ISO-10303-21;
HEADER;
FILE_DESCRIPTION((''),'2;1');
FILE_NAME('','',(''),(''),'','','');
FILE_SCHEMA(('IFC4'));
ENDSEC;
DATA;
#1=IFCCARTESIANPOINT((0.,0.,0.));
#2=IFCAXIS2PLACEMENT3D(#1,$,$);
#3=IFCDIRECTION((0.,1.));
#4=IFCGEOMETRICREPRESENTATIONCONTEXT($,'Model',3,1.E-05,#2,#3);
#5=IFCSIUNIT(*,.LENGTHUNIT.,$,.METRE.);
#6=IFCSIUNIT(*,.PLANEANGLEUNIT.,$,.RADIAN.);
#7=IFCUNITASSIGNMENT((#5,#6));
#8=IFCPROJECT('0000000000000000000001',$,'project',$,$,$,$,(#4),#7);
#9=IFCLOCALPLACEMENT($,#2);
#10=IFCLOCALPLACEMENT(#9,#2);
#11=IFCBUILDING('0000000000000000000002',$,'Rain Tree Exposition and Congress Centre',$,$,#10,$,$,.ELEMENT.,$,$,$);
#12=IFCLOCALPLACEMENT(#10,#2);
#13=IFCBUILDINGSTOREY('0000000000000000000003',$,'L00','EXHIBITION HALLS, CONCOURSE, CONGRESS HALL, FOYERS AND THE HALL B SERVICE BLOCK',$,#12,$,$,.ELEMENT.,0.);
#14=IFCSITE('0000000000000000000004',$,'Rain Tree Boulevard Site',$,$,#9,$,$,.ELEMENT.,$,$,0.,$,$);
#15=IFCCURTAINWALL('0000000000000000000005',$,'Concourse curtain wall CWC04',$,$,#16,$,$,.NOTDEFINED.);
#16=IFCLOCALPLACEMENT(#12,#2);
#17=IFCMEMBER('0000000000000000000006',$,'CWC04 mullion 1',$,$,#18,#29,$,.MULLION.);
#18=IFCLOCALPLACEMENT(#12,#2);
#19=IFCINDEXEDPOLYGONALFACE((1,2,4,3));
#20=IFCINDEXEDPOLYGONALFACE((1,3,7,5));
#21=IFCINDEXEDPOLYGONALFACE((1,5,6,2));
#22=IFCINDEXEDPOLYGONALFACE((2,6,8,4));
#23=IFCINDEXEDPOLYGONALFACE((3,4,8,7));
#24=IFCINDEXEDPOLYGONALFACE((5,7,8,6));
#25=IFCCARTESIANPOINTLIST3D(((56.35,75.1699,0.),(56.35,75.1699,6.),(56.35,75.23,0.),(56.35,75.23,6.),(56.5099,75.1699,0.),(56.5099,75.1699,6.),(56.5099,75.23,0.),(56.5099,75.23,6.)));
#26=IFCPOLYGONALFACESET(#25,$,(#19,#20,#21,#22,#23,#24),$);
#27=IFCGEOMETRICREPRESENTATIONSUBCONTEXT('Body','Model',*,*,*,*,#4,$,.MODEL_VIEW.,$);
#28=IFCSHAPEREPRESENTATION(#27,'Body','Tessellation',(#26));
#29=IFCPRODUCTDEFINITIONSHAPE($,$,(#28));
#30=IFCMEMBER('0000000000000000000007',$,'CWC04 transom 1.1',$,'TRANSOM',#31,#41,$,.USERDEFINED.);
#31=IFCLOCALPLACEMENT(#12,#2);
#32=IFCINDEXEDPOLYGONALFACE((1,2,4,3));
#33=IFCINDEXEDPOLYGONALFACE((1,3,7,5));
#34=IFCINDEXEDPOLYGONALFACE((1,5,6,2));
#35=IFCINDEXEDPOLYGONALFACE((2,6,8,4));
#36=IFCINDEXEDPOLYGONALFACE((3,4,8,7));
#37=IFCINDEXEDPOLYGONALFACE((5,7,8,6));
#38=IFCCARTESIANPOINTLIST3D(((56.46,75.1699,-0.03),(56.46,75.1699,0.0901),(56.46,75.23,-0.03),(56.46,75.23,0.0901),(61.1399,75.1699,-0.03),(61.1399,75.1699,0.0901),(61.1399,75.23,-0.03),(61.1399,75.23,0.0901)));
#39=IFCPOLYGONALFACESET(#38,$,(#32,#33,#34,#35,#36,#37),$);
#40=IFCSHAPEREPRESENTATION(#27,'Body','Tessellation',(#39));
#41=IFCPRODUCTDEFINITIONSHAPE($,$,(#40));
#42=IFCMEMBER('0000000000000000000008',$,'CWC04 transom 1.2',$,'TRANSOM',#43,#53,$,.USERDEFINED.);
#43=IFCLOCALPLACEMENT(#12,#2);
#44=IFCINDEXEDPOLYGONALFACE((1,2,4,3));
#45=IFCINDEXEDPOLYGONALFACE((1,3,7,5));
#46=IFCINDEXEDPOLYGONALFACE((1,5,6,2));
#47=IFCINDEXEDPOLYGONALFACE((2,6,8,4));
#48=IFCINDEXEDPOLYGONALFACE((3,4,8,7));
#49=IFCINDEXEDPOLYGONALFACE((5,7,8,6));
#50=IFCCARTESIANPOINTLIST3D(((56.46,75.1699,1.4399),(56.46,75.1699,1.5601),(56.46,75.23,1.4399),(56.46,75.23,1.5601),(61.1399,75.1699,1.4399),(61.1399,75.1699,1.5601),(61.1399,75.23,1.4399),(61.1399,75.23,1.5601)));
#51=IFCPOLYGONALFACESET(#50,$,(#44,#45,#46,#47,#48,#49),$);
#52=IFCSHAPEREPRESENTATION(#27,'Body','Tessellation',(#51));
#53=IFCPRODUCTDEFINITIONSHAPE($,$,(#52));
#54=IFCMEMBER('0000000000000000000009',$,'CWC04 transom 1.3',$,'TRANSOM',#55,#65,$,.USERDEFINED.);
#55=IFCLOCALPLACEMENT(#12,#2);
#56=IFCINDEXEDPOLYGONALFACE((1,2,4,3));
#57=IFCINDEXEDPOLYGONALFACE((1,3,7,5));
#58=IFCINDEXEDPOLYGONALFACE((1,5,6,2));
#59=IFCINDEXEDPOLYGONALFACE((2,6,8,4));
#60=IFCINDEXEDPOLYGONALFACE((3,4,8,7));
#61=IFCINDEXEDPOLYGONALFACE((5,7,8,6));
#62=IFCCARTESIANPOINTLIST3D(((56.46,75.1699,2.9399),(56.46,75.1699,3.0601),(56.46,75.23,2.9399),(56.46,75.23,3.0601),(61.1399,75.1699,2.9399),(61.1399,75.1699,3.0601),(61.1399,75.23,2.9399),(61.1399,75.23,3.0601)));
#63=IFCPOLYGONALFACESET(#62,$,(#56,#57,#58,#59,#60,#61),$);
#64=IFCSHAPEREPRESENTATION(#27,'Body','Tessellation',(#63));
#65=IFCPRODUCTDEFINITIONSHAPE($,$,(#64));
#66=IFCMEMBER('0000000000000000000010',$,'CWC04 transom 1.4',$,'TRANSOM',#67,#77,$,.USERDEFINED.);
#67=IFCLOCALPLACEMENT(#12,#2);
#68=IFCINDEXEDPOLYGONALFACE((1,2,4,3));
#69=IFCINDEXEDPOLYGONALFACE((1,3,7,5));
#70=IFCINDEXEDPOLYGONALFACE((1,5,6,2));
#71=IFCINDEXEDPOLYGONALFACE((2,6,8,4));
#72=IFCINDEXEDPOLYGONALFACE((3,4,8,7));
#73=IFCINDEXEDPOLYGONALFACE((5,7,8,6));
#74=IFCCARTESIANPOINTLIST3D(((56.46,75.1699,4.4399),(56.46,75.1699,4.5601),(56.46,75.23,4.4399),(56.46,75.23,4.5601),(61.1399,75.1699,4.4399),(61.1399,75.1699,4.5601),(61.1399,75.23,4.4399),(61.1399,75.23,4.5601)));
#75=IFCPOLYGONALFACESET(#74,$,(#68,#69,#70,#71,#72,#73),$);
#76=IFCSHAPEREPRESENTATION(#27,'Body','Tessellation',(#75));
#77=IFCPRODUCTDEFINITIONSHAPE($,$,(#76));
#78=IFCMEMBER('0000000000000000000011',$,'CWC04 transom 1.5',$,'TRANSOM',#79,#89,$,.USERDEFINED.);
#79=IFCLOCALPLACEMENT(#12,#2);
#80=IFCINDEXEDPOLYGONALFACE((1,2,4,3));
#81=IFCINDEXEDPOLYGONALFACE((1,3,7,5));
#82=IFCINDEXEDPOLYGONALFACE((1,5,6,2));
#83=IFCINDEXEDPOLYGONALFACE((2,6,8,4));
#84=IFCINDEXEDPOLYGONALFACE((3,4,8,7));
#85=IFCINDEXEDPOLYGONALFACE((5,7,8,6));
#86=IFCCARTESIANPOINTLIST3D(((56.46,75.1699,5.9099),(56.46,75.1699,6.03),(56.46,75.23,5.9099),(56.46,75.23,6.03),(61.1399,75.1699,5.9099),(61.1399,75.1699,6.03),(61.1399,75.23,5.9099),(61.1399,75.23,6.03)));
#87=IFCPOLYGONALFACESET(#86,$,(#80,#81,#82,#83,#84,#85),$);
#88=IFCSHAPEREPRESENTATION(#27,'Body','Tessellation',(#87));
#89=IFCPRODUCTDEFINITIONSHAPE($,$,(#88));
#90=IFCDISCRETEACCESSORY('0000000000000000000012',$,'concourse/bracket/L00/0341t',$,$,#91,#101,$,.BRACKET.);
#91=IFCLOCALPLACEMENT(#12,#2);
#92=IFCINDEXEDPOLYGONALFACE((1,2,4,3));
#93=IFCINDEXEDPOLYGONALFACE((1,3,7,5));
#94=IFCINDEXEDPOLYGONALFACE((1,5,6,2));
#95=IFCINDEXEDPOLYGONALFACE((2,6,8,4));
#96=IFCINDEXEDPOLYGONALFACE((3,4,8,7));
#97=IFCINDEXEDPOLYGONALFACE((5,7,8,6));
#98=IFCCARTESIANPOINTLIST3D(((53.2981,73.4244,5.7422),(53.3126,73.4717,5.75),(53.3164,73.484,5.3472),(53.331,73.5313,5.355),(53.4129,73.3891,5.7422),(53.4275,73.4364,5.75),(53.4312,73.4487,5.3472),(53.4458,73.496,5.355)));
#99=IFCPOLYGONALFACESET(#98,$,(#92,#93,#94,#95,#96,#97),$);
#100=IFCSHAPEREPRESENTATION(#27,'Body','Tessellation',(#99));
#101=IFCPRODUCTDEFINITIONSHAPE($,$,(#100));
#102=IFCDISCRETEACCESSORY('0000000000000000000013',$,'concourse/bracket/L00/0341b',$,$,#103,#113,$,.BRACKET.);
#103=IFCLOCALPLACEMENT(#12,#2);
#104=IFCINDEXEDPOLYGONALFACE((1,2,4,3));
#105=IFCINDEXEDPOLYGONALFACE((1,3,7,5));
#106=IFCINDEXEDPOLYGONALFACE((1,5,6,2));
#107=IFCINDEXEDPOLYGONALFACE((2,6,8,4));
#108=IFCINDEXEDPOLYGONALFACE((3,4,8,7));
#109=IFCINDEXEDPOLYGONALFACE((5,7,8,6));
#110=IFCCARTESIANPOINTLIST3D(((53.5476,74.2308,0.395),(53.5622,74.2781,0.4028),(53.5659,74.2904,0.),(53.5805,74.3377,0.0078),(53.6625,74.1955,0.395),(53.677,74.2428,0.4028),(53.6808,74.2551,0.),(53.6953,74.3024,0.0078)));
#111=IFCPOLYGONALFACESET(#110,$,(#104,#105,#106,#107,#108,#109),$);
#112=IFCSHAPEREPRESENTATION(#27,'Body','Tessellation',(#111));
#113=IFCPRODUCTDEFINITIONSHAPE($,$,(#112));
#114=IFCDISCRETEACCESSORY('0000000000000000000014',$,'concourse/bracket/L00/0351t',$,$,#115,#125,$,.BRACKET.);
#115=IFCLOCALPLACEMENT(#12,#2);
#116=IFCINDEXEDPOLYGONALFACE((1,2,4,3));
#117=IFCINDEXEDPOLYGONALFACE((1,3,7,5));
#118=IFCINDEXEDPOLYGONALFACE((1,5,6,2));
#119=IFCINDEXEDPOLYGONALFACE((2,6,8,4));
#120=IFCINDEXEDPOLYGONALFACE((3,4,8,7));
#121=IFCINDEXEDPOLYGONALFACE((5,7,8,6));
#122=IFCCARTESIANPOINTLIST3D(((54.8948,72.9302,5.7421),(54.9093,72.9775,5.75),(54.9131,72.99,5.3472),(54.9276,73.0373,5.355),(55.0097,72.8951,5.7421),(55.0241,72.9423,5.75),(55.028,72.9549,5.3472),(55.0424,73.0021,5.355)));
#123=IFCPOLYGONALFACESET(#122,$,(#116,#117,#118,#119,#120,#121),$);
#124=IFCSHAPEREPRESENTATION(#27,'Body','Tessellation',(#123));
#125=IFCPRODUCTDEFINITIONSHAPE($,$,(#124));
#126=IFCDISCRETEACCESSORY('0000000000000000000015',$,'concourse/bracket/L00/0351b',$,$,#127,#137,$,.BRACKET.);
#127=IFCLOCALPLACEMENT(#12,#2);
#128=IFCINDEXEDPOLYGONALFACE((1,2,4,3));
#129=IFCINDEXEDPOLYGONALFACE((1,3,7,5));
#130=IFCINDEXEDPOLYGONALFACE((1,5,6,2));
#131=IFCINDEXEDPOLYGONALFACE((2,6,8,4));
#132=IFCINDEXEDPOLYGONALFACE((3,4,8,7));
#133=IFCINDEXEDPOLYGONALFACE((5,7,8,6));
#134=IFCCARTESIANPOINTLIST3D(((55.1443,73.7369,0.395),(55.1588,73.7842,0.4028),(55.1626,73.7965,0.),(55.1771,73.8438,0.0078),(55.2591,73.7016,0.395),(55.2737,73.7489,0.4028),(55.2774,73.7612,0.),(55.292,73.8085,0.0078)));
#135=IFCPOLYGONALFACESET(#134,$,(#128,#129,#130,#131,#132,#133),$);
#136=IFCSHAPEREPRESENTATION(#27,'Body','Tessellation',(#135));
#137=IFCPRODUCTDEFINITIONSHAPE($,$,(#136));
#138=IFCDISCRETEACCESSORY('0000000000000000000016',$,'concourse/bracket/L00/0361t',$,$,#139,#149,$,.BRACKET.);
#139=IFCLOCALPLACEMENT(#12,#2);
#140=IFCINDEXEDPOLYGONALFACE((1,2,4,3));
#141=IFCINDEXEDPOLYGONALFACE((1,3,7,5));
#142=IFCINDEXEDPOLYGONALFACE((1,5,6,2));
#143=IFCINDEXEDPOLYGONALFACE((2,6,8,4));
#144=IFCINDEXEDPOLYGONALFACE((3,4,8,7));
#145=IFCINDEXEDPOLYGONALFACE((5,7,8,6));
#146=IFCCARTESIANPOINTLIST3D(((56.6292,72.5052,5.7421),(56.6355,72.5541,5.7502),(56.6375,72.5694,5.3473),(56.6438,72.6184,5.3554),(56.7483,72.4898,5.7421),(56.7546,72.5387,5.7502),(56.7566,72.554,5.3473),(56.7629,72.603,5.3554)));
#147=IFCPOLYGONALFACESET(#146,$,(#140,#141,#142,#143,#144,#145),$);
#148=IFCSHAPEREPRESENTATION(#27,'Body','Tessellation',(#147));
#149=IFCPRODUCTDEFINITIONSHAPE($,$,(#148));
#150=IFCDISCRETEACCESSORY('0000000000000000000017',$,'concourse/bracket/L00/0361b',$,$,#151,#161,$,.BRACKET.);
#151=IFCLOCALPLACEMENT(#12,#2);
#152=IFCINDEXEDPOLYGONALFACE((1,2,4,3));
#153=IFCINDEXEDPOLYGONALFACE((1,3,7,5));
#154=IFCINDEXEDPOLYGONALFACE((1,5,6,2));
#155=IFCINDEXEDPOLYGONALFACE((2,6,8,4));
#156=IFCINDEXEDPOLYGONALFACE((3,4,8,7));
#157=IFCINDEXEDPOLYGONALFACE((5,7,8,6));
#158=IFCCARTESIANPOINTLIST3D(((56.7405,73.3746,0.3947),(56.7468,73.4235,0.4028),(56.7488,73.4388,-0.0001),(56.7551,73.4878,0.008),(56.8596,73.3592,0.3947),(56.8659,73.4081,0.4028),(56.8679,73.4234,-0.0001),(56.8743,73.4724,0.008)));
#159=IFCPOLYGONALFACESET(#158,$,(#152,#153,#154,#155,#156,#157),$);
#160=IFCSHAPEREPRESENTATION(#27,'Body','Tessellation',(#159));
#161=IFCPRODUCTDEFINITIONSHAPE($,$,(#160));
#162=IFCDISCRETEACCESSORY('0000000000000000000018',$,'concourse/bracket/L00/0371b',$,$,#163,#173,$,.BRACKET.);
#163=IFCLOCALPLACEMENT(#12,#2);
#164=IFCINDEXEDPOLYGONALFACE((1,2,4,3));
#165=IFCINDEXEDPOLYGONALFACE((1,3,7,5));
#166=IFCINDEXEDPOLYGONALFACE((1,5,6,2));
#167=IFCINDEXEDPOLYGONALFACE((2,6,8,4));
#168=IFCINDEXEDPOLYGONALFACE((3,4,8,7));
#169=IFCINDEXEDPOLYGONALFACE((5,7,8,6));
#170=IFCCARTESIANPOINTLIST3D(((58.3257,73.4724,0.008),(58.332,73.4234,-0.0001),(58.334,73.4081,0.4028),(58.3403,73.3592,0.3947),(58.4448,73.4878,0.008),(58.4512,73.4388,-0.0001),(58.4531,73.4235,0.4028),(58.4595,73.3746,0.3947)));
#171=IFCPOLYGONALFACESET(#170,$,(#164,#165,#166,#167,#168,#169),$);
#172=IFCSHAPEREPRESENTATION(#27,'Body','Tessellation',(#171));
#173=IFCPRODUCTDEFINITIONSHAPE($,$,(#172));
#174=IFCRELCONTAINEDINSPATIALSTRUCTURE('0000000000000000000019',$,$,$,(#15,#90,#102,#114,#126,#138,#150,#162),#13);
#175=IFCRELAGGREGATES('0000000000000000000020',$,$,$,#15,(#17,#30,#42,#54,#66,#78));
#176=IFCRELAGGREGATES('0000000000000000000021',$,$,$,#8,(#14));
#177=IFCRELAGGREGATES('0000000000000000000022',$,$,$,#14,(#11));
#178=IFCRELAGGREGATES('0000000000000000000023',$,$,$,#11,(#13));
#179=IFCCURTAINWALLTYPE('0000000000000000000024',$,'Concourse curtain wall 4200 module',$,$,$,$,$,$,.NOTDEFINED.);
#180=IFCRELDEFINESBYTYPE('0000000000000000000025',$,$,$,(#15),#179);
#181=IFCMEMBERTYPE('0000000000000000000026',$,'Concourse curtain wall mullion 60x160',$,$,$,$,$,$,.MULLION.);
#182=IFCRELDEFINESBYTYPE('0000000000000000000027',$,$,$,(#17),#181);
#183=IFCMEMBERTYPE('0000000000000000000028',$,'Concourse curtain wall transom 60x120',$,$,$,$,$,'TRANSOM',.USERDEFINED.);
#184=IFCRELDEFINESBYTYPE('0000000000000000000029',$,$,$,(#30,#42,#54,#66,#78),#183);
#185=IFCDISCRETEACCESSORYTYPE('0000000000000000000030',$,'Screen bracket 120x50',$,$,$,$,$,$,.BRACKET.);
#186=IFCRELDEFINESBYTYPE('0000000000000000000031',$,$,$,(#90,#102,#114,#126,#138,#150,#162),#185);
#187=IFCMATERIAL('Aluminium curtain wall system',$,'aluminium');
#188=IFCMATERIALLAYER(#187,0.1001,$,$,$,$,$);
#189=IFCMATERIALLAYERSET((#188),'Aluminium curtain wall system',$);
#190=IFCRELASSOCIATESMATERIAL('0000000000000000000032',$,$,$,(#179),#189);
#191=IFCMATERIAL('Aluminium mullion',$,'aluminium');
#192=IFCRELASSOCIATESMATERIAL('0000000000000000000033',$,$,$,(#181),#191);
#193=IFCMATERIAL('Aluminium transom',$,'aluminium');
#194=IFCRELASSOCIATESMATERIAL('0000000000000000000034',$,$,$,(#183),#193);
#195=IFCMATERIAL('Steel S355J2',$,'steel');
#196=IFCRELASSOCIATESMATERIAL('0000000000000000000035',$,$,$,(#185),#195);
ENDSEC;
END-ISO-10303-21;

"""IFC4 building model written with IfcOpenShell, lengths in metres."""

from ifc_helpers import new_model, si_unit, direction, frame, origin, origin_2d, place, context, subcontext, project, spatial, rectangle, extrude, material, layer, layer_set, material_profile, profile_set, type_object, element, aggregate, save


model = new_model("IFC4")

# Units and contexts
model_context = context("Model", 3, precision=1e-05, world=origin(), true_north=direction((0.0, 1.0)))
body_context = subcontext(model_context, "Body", "Model", "MODEL_VIEW")
ifc_project = project(units=[si_unit("LENGTHUNIT", "METRE"), si_unit("PLANEANGLEUNIT", "RADIAN")], contexts=[model_context])

# Site, building, storey
site_placement = place(None, origin())
site = spatial("IfcSite", under=ifc_project, at=site_placement, Name="Rain Tree Boulevard Site", CompositionType="ELEMENT", RefElevation=0.0)
building_placement = place(site_placement, origin())
building = spatial("IfcBuilding", under=site, at=building_placement, Name="Rain Tree Exposition and Congress Centre", CompositionType="ELEMENT")
storey_placement = place(building_placement, origin())
storey = spatial("IfcBuildingStorey", under=building, at=storey_placement, Name="L00", Description="EXHIBITION HALLS, CONCOURSE, CONGRESS HALL, FOYERS AND THE HALL B SERVICE BLOCK", CompositionType="ELEMENT", Elevation=0.0)

# Curtain wall, members
ifc_material_1 = material(Name="Aluminium curtain wall system", Category="aluminium")
ifc_layer_1 = layer(ifc_material_1, 0.1001)
ifc_layer_set_1 = layer_set([ifc_layer_1], Name="Aluminium curtain wall system")
curtain_wall_type = type_object("IfcCurtainWallType", Name="Concourse curtain wall 4200 module", PredefinedType="NOTDEFINED", material=ifc_layer_set_1)
curtain_wall_placement = place(storey_placement, origin())
curtain_wall = element("IfcCurtainWall", 1, at=curtain_wall_placement, inside=storey, type_object=curtain_wall_type, Name="Concourse curtain wall CWC04", PredefinedType="NOTDEFINED")
ifc_material_2 = material(Name="Aluminium mullion", Category="aluminium")
ifc_material_profile_1 = material_profile(ifc_material_2, rectangle(XDim=0.0601, YDim=0.1599, at=origin_2d()), Name="AL 60x160")
ifc_profile_set_1 = profile_set([ifc_material_profile_1], Name="Aluminium mullion")
member_type_1 = type_object("IfcMemberType", Name="Concourse curtain wall mullion 60x160", PredefinedType="MULLION", material=ifc_profile_set_1)
member_1_placement = place(storey_placement, frame((56.4299, 75.2, 0.0), z_axis=(0.0, 0.0, 1.0), x_axis=(0.0, 1.0, 0.0)))
member_1 = element("IfcMember", 2, at=member_1_placement, type_object=member_type_1, Name="CWC04 mullion 1", PredefinedType="MULLION", context=body_context, shape_type="SweptSolid", body=[
    extrude(rectangle(XDim=0.0601, YDim=0.1599, at=origin_2d()), origin(), (0.0, 0.0, 1.0), 6.0),
])
ifc_material_3 = material(Name="Aluminium transom", Category="aluminium")
ifc_material_profile_2 = material_profile(ifc_material_3, rectangle(XDim=0.0601, YDim=0.1201, at=origin_2d()), Name="AL 60x120")
ifc_profile_set_2 = profile_set([ifc_material_profile_2], Name="Aluminium transom")
member_type_2 = type_object("IfcMemberType", Name="Concourse curtain wall transom 60x120", ElementType="TRANSOM", PredefinedType="USERDEFINED", material=ifc_profile_set_2)
member_2_placement = place(storey_placement, frame((56.46, 75.2, 0.03), z_axis=(1.0, 0.0, 0.0), x_axis=(0.0, 1.0, 0.0)))
member_2 = element("IfcMember", 3, at=member_2_placement, type_object=member_type_2, Name="CWC04 transom 1.1", ObjectType="TRANSOM", PredefinedType="USERDEFINED", context=body_context, shape_type="SweptSolid", body=[
    extrude(rectangle(XDim=0.0601, YDim=0.1201, at=origin_2d()), origin(), (0.0, 0.0, 1.0), 4.6799),
])
member_3_placement = place(storey_placement, frame((56.46, 75.2, 1.5), z_axis=(1.0, 0.0, 0.0), x_axis=(0.0, 1.0, 0.0)))
member_3 = element("IfcMember", 4, at=member_3_placement, type_object=member_type_2, Name="CWC04 transom 1.2", ObjectType="TRANSOM", PredefinedType="USERDEFINED", context=body_context, shape_type="SweptSolid", body=[
    extrude(rectangle(XDim=0.0601, YDim=0.1201, at=origin_2d()), origin(), (0.0, 0.0, 1.0), 4.6799),
])
member_4_placement = place(storey_placement, frame((56.46, 75.2, 3.0), z_axis=(1.0, 0.0, 0.0), x_axis=(0.0, 1.0, 0.0)))
member_4 = element("IfcMember", 5, at=member_4_placement, type_object=member_type_2, Name="CWC04 transom 1.3", ObjectType="TRANSOM", PredefinedType="USERDEFINED", context=body_context, shape_type="SweptSolid", body=[
    extrude(rectangle(XDim=0.0601, YDim=0.1201, at=origin_2d()), origin(), (0.0, 0.0, 1.0), 4.6799),
])
member_5_placement = place(storey_placement, frame((56.46, 75.2, 4.5), z_axis=(1.0, 0.0, 0.0), x_axis=(0.0, 1.0, 0.0)))
member_5 = element("IfcMember", 6, at=member_5_placement, type_object=member_type_2, Name="CWC04 transom 1.4", ObjectType="TRANSOM", PredefinedType="USERDEFINED", context=body_context, shape_type="SweptSolid", body=[
    extrude(rectangle(XDim=0.0601, YDim=0.1201, at=origin_2d()), origin(), (0.0, 0.0, 1.0), 4.6799),
])
member_6_placement = place(storey_placement, frame((56.46, 75.2, 5.97), z_axis=(1.0, 0.0, 0.0), x_axis=(0.0, 1.0, 0.0)))
member_6 = element("IfcMember", 7, at=member_6_placement, type_object=member_type_2, Name="CWC04 transom 1.5", ObjectType="TRANSOM", PredefinedType="USERDEFINED", context=body_context, shape_type="SweptSolid", body=[
    extrude(rectangle(XDim=0.0601, YDim=0.1201, at=origin_2d()), origin(), (0.0, 0.0, 1.0), 4.6799),
])
aggregate(curtain_wall, [member_1, member_2, member_3, member_4, member_5, member_6])

# Discrete accessories
ifc_material_4 = material(Name="Steel S355J2", Category="steel")
ifc_material_profile_3 = material_profile(ifc_material_4, rectangle(XDim=0.1201, YDim=0.05, at=origin_2d()), Name="Flat bar 120x50")
ifc_profile_set_3 = profile_set([ifc_material_profile_3], Name="Steel S355J2")
discrete_accessory_type = type_object("IfcDiscreteAccessoryType", Name="Screen bracket 120x50", PredefinedType="BRACKET", material=ifc_profile_set_3)
for number, where, z_axis, x_axis, name in (
    (8, (53.3811, 73.49, 5.3511), (-0.045787, -0.148961, 0.987782), (0.955864, -0.293811, 0.0), "concourse/bracket/L00/0341t"),
    (9, (53.6306, 74.2964, 0.0039), (-0.045787, -0.148961, 0.987782), (0.955864, -0.293811, 0.0), "concourse/bracket/L00/0341b"),
    (10, (54.9778, 72.9961, 5.3511), (-0.045783, -0.149558, 0.987692), (0.9562, -0.292714, 0.0), "concourse/bracket/L00/0351t"),
    (11, (55.2273, 73.8025, 0.0039), (-0.045787, -0.148961, 0.987782), (0.955864, -0.293811, 0.0), "concourse/bracket/L00/0351b"),
):
    element("IfcDiscreteAccessory", number, at=place(storey_placement, frame(where, z_axis=z_axis, x_axis=x_axis)), inside=storey, type_object=discrete_accessory_type, Name=name, PredefinedType="BRACKET", context=body_context, shape_type="SweptSolid", body=[
        extrude(rectangle(XDim=0.1201, YDim=0.05, at=origin_2d()), origin(), (0.0, 0.0, 1.0), 0.3999),
    ])
for number, where, z_axis, x_axis, name in (
    (12, (56.7002, 72.5862, 5.3513), (-0.020749, -0.160503, 0.986817), (0.991747, -0.128211, 0.0), "concourse/bracket/L00/0361t"),
    (13, (56.8115, 73.4556, 0.0039), (-0.020749, -0.160503, 0.986817), (0.991747, -0.128211, 0.0), "concourse/bracket/L00/0361b"),
    (14, (58.3884, 73.4556, 0.0039), (0.020749, -0.160503, 0.986817), (0.991747, 0.128211, 0.0), "concourse/bracket/L00/0371b"),
):
    element("IfcDiscreteAccessory", number, at=place(storey_placement, frame(where, z_axis=z_axis, x_axis=x_axis)), inside=storey, type_object=discrete_accessory_type, Name=name, PredefinedType="BRACKET", context=body_context, shape_type="SweptSolid", body=[
        extrude(rectangle(XDim=0.1201, YDim=0.05, at=origin_2d()), origin(), (0.0, 0.0, 1.0), 0.4001),
    ])

save(model, "model.ifc")
